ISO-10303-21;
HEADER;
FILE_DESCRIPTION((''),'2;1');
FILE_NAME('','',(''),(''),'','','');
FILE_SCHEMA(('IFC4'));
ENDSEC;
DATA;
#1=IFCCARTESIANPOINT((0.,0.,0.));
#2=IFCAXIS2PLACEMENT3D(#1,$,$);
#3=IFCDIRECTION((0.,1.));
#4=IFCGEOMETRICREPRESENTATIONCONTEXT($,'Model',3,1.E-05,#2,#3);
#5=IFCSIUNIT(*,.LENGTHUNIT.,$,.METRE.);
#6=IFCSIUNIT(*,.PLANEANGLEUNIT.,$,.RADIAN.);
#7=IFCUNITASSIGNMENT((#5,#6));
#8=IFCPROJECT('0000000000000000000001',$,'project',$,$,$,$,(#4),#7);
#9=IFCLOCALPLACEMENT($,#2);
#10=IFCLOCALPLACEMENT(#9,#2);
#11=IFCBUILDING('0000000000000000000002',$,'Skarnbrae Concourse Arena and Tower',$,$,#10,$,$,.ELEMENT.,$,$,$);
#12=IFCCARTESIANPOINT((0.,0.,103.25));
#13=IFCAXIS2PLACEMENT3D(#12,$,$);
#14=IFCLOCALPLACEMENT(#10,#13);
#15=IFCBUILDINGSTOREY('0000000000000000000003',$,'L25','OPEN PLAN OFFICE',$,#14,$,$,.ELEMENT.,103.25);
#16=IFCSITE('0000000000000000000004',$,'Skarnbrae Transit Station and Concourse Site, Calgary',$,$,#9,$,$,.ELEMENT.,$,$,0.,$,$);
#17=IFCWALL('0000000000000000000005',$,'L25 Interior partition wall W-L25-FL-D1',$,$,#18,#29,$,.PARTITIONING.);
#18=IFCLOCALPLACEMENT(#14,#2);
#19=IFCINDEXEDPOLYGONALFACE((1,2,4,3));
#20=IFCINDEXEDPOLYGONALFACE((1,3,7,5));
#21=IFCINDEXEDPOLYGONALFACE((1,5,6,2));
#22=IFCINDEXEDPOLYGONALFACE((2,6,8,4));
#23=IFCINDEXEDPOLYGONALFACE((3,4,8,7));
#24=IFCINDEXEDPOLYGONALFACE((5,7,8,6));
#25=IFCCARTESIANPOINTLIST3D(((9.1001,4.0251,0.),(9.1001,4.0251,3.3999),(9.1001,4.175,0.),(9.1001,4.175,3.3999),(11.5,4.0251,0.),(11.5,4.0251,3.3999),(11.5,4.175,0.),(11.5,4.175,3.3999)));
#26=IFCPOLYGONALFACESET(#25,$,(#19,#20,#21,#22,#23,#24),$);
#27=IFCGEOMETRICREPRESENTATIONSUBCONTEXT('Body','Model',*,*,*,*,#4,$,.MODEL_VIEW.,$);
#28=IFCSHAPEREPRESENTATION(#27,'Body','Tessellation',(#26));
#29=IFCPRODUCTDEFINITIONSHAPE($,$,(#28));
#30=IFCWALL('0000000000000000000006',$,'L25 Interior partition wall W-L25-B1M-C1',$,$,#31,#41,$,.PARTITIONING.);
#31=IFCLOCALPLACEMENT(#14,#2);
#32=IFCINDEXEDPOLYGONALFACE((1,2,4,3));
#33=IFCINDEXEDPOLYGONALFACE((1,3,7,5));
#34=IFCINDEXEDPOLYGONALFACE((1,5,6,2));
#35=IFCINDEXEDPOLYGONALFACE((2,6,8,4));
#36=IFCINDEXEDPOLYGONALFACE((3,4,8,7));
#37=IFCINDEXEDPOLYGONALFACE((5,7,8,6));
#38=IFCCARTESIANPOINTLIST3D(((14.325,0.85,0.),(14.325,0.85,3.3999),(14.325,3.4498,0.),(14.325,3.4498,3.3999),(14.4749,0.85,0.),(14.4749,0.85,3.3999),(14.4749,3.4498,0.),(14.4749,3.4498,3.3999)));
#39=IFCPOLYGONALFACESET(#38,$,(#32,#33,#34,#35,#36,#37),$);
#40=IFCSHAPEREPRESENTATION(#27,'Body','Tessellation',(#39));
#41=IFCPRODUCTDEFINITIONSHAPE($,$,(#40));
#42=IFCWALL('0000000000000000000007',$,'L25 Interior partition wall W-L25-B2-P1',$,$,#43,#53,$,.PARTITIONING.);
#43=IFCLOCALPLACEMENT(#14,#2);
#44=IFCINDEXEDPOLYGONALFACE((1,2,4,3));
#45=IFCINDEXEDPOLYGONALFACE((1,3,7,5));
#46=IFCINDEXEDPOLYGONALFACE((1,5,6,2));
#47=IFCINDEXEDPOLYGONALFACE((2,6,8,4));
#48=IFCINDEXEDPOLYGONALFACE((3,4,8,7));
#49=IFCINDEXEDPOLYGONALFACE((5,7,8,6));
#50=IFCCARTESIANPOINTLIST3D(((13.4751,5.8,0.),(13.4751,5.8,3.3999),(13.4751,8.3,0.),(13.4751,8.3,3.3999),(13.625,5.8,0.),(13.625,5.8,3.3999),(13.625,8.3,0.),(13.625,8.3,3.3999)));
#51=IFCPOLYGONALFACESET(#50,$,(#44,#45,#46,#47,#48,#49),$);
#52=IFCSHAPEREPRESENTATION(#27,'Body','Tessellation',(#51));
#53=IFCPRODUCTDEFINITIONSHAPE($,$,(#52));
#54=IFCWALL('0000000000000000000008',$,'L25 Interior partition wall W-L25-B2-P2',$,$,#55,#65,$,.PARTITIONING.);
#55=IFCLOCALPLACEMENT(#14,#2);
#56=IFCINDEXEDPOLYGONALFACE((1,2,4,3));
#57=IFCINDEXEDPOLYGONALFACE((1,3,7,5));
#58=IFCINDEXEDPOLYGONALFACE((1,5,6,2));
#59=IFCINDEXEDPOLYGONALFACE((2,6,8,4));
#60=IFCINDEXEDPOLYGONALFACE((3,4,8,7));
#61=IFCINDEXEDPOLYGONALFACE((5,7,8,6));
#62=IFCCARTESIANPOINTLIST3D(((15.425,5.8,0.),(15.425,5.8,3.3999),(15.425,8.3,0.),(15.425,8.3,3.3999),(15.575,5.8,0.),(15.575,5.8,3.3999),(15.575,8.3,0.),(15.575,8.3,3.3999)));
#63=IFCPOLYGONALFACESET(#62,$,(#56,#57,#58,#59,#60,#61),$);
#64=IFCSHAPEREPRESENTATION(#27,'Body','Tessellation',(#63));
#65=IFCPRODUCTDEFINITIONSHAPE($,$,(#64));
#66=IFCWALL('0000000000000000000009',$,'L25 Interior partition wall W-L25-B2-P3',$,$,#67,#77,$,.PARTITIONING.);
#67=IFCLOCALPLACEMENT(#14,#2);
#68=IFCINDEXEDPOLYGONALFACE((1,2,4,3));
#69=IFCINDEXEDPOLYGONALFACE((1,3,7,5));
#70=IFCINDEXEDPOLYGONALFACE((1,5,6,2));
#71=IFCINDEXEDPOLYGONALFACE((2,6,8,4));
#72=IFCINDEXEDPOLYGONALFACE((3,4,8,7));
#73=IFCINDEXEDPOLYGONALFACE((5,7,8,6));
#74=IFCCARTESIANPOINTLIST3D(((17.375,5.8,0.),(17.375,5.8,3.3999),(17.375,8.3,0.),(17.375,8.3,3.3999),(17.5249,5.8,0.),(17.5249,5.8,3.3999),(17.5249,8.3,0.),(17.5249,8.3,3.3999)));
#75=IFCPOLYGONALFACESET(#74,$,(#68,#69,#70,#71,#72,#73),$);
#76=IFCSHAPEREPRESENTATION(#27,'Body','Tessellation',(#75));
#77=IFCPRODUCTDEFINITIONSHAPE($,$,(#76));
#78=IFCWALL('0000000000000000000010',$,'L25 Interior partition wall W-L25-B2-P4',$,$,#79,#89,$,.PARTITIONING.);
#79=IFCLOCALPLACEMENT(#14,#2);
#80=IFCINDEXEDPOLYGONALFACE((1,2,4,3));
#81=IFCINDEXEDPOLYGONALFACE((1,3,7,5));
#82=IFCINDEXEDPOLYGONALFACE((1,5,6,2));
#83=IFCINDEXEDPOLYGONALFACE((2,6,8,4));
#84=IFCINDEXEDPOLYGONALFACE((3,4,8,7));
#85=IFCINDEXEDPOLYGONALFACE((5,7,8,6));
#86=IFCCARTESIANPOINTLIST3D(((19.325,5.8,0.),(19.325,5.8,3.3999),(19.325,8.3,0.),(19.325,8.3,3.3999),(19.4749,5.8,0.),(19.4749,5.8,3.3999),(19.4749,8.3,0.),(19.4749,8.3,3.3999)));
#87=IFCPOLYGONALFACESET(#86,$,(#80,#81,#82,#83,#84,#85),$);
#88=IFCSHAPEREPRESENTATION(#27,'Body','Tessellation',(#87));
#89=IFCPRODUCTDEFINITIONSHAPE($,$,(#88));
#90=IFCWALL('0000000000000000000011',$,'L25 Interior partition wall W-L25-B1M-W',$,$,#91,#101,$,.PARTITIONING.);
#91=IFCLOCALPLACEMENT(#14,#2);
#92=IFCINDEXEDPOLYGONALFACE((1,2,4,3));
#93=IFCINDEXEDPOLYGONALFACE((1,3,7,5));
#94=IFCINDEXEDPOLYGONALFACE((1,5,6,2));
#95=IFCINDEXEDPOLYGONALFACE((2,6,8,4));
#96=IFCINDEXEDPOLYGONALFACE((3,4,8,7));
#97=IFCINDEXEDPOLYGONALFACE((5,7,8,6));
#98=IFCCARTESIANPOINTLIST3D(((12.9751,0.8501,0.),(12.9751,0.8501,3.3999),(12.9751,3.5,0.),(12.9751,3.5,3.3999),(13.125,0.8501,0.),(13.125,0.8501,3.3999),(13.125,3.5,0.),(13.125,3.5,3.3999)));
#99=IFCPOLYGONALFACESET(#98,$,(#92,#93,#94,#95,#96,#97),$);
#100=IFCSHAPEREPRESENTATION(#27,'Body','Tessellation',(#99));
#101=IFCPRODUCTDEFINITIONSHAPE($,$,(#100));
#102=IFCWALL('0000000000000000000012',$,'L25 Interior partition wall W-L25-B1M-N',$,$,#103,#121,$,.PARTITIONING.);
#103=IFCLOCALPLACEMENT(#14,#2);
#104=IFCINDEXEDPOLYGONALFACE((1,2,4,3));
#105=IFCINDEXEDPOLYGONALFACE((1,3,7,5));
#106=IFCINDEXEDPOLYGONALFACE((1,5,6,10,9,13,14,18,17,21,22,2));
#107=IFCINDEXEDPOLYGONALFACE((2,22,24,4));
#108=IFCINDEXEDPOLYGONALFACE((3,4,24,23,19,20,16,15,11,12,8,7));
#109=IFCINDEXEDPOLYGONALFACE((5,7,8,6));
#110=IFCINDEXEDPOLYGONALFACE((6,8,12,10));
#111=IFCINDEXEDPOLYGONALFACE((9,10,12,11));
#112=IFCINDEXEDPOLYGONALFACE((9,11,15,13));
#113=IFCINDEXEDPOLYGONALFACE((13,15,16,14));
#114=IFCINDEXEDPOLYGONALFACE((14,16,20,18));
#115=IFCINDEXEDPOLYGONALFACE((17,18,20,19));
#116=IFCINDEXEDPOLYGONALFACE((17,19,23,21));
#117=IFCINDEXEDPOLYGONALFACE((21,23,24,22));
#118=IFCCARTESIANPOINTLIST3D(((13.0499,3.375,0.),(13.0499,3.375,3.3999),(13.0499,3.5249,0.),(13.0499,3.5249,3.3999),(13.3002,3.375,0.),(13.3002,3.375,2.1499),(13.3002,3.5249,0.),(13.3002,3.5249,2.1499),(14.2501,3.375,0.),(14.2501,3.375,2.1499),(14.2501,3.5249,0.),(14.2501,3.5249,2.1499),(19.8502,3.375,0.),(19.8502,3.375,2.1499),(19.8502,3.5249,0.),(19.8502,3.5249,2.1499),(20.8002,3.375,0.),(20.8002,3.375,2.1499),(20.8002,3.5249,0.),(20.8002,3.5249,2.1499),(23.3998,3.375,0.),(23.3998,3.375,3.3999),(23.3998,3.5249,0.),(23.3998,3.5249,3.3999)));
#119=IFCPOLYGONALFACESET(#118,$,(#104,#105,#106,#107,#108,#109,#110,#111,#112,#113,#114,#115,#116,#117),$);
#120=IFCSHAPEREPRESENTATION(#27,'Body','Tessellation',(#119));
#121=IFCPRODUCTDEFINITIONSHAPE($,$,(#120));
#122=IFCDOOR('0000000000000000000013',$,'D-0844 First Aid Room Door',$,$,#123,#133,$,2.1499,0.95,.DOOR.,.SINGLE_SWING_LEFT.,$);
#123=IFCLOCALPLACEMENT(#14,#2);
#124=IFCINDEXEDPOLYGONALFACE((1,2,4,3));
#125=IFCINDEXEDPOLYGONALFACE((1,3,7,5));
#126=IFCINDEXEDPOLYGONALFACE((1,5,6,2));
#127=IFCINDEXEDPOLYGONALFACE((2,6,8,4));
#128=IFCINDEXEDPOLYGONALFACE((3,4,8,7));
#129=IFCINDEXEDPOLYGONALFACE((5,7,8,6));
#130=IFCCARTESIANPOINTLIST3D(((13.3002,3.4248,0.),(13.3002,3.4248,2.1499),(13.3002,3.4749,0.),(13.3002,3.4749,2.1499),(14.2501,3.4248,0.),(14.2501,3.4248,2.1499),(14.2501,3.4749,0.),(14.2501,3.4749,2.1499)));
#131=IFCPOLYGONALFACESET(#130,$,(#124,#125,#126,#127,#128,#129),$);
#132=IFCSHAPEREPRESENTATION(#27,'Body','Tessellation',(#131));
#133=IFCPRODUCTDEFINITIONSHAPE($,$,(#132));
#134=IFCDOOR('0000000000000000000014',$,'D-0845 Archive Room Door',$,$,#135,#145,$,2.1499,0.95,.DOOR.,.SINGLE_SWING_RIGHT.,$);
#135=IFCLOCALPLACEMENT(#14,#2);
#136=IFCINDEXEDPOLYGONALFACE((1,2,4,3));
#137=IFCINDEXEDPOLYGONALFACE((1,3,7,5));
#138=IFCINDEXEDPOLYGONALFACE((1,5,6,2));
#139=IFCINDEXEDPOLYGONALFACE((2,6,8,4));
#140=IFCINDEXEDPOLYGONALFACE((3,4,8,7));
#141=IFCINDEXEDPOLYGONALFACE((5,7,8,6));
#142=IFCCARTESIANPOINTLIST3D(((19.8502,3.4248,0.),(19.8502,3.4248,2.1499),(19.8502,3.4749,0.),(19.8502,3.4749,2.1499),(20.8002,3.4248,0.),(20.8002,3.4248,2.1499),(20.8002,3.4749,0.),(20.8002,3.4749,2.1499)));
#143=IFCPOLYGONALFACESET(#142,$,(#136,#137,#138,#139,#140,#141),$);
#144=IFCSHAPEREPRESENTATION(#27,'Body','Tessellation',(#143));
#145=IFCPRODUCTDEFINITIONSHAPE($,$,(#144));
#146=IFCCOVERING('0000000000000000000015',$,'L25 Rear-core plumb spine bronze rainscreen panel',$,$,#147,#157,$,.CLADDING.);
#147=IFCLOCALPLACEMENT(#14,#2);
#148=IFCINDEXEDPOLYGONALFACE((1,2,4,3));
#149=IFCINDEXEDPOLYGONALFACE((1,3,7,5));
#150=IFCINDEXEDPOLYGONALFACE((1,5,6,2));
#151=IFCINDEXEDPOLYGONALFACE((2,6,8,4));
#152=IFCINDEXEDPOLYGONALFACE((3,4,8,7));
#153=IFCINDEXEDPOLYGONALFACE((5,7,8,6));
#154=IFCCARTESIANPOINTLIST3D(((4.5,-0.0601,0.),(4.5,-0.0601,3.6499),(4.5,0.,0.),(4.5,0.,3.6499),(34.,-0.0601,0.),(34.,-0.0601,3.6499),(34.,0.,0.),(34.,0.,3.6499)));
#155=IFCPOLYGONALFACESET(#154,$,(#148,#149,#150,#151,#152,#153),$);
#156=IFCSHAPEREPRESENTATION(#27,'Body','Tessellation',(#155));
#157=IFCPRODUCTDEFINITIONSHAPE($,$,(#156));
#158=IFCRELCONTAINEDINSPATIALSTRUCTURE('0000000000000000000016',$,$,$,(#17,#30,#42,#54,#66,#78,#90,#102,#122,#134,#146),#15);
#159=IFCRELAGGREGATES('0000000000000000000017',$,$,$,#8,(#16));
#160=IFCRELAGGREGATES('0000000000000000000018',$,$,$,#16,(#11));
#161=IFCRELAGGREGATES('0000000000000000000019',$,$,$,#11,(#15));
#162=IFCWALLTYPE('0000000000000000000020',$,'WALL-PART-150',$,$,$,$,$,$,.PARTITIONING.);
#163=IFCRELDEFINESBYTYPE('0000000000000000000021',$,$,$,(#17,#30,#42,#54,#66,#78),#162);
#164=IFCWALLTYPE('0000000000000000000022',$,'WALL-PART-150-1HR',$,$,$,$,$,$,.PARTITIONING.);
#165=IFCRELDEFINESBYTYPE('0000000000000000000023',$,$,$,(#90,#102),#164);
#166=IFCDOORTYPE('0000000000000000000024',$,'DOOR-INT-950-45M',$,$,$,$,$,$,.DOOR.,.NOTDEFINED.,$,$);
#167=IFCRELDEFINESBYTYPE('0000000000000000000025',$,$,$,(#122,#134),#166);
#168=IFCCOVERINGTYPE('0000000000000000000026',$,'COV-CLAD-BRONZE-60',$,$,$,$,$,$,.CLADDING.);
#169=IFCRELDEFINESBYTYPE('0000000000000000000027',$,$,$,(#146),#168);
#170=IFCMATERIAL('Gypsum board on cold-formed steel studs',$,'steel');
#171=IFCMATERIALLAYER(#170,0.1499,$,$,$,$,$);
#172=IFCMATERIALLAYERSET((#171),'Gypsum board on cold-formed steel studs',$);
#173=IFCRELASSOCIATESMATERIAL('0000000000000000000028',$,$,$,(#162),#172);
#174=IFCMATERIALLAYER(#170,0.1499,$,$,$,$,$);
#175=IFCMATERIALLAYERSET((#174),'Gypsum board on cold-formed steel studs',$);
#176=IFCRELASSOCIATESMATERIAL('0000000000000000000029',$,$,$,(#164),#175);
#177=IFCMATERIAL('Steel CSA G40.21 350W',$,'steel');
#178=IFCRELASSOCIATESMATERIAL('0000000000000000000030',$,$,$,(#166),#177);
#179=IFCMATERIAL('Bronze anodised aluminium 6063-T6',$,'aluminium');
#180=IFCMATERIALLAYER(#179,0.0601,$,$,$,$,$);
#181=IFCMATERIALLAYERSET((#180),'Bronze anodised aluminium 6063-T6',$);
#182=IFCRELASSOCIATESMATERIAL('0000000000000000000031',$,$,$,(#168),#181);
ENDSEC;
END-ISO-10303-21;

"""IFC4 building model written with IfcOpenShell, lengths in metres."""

from ifc_helpers import new_model, si_unit, direction, frame, frame_2d, origin, origin_2d, place, context, subcontext, project, spatial, rectangle, extrude, source, transform, mapped, material, layer, layer_set, type_object, element, fill, save


model = new_model("IFC4")

# Units and contexts
model_context = context("Model", 3, precision=1e-05, world=origin(), true_north=direction((0.0, 1.0)))
body_context = subcontext(model_context, "Body", "Model", "MODEL_VIEW")
ifc_project = project(units=[si_unit("LENGTHUNIT", "METRE"), si_unit("PLANEANGLEUNIT", "RADIAN")], contexts=[model_context])

# Site, building, storey
site_placement = place(None, origin())
site = spatial("IfcSite", under=ifc_project, at=site_placement, Name="Skarnbrae Transit Station and Concourse Site, Calgary", CompositionType="ELEMENT", RefElevation=0.0)
building_placement = place(site_placement, origin())
building = spatial("IfcBuilding", under=site, at=building_placement, Name="Skarnbrae Concourse Arena and Tower", CompositionType="ELEMENT")
storey_placement = place(building_placement, frame((0.0, 0.0, 103.25)))
storey = spatial("IfcBuildingStorey", under=building, at=storey_placement, Name="L25", Description="OPEN PLAN OFFICE", CompositionType="ELEMENT", Elevation=103.25)

# Shared definitions
ifc_material_1 = material(Name="Gypsum board on cold-formed steel studs", Category="steel")
ifc_material_2 = material(Name="Steel CSA G40.21 350W", Category="steel")

# Walls
ifc_layer_1 = layer(ifc_material_1, 0.1499)
ifc_layer_set_1 = layer_set([ifc_layer_1], Name="Gypsum board on cold-formed steel studs")
wall_type_1 = type_object("IfcWallType", Name="WALL-PART-150", PredefinedType="PARTITIONING", material=ifc_layer_set_1)
shared_shape_1 = source(origin(), body_context, "Body", "SweptSolid", [
    extrude(rectangle(XDim=2.3999, YDim=0.1499, at=frame_2d((1.2, 0.0))), origin(), (0.0, 0.0, 1.0), 3.3999),
])
wall_1_placement = place(storey_placement, frame((9.1001, 4.1001, 0.0), z_axis=(0.0, 0.0, 1.0), x_axis=(1.0, 0.0, 0.0)))
element("IfcWall", 1, at=wall_1_placement, inside=storey, type_object=wall_type_1, Name="L25 Interior partition wall W-L25-FL-D1", PredefinedType="PARTITIONING", context=body_context, shape_type="MappedRepresentation", body=[
    mapped(shared_shape_1, transform((0.0, 0.0, 0.0))),
])
shared_shape_2 = source(origin(), body_context, "Body", "SweptSolid", [
    extrude(rectangle(XDim=2.5999, YDim=0.1499, at=frame_2d((1.2998, 0.0))), origin(), (0.0, 0.0, 1.0), 3.3999),
])
wall_2_placement = place(storey_placement, frame((14.3999, 0.8501, 0.0), z_axis=(0.0, 0.0, 1.0), x_axis=(0.0, 1.0, 0.0)))
element("IfcWall", 2, at=wall_2_placement, inside=storey, type_object=wall_type_1, Name="L25 Interior partition wall W-L25-B1M-C1", PredefinedType="PARTITIONING", context=body_context, shape_type="MappedRepresentation", body=[
    mapped(shared_shape_2, transform((0.0, 0.0, 0.0))),
])

# Shared definitions
ifc_material_3 = material(Name="Bronze anodised aluminium 6063-T6", Category="aluminium")

# Walls
shared_shape_3 = source(origin(), body_context, "Body", "SweptSolid", [
    extrude(rectangle(XDim=2.5, YDim=0.1499, at=frame_2d((1.25, 0.0))), origin(), (0.0, 0.0, 1.0), 3.3999),
])
for number, where, z_axis, x_axis, name in (
    (3, (13.55, 5.8, 0.0), (0.0, 0.0, 1.0), (0.0, 1.0, 0.0), "L25 Interior partition wall W-L25-B2-P1"),
    (4, (15.5, 5.8, 0.0), (0.0, 0.0, 1.0), (0.0, 1.0, 0.0), "L25 Interior partition wall W-L25-B2-P2"),
    (5, (17.45, 5.8, 0.0), (0.0, 0.0, 1.0), (0.0, 1.0, 0.0), "L25 Interior partition wall W-L25-B2-P3"),
    (6, (19.3999, 5.8, 0.0), (0.0, 0.0, 1.0), (0.0, 1.0, 0.0), "L25 Interior partition wall W-L25-B2-P4"),
):
    element("IfcWall", number, at=place(storey_placement, frame(where, z_axis=z_axis, x_axis=x_axis)), inside=storey, type_object=wall_type_1, Name=name, PredefinedType="PARTITIONING", context=body_context, shape_type="MappedRepresentation", body=[
        mapped(shared_shape_3, transform((0.0, 0.0, 0.0))),
    ])
ifc_layer_2 = layer(ifc_material_1, 0.1499)
ifc_layer_set_2 = layer_set([ifc_layer_2], Name="Gypsum board on cold-formed steel studs")
wall_type_2 = type_object("IfcWallType", Name="WALL-PART-150-1HR", PredefinedType="PARTITIONING", material=ifc_layer_set_2)
shared_shape_4 = source(origin(), body_context, "Body", "SweptSolid", [
    extrude(rectangle(XDim=2.6499, YDim=0.1499, at=frame_2d((1.325, 0.0))), origin(), (0.0, 0.0, 1.0), 3.3999),
])
wall_3_placement = place(storey_placement, frame((13.05, 0.8501, 0.0), z_axis=(0.0, 0.0, 1.0), x_axis=(0.0, 1.0, 0.0)))
element("IfcWall", 7, at=wall_3_placement, inside=storey, type_object=wall_type_2, Name="L25 Interior partition wall W-L25-B1M-W", PredefinedType="PARTITIONING", context=body_context, shape_type="MappedRepresentation", body=[
    mapped(shared_shape_4, transform((0.0, 0.0, 0.0))),
])

# Wall, openings, doors
shared_shape_5 = source(origin(), body_context, "Body", "SweptSolid", [
    extrude(rectangle(XDim=10.3499, YDim=0.1499, at=frame_2d((5.1748, 0.0))), origin(), (0.0, 0.0, 1.0), 3.3999),
])
wall_4_placement = place(storey_placement, frame((13.05, 3.45, 0.0), z_axis=(0.0, 0.0, 1.0), x_axis=(1.0, 0.0, 0.0)))
wall_4 = element("IfcWall", 8, at=wall_4_placement, inside=storey, type_object=wall_type_2, Name="L25 Interior partition wall W-L25-B1M-N", PredefinedType="PARTITIONING", context=body_context, shape_type="MappedRepresentation", body=[
    mapped(shared_shape_5, transform((0.0, 0.0, 0.0))),
])
opening_1_placement = place(wall_4_placement, frame((0.25, 0.0, 0.0)))
opening_1 = element("IfcOpeningElement", 9, at=opening_1_placement, cuts=wall_4, PredefinedType="OPENING", context=body_context, shape_type="SweptSolid", body=[
    extrude(rectangle(XDim=0.95, YDim=2.1499, at=frame_2d((0.4751, 1.075))), frame((0.0, 0.085, 0.0), z_axis=(0.0, -1.0, 0.0), x_axis=(1.0, 0.0, 0.0)), (0.0, 0.0, 1.0), 0.1699),
])
opening_2_placement = place(wall_4_placement, frame((6.8, 0.0, 0.0)))
opening_2 = element("IfcOpeningElement", 10, at=opening_2_placement, cuts=wall_4, PredefinedType="OPENING", context=body_context, shape_type="SweptSolid", body=[
    extrude(rectangle(XDim=0.95, YDim=2.1499, at=frame_2d((0.4751, 1.075))), frame((0.0, 0.085, 0.0), z_axis=(0.0, -1.0, 0.0), x_axis=(1.0, 0.0, 0.0)), (0.0, 0.0, 1.0), 0.1699),
])
door_type_1 = type_object("IfcDoorType", Name="DOOR-INT-950-45M", OperationType="NOTDEFINED", PredefinedType="DOOR", material=ifc_material_2)
shared_shape_6 = source(origin(), body_context, "Body", "SweptSolid", [
    extrude(rectangle(XDim=0.95, YDim=2.1499, at=frame_2d((0.4751, 1.075))), frame((0.0, 0.0249, 0.0), z_axis=(0.0, -1.0, 0.0), x_axis=(1.0, 0.0, 0.0)), (0.0, 0.0, 1.0), 0.05),
])
door_1_placement = place(opening_1_placement, origin())
door_1 = element("IfcDoor", 11, at=door_1_placement, inside=storey, type_object=door_type_1, Name="D-0844 First Aid Room Door", OperationType="SINGLE_SWING_LEFT", OverallHeight=2.1499, OverallWidth=0.95, PredefinedType="DOOR", context=body_context, shape_type="MappedRepresentation", body=[
    mapped(shared_shape_6, transform((0.0, 0.0, 0.0))),
])
fill(opening_1, door_1)
door_2_placement = place(opening_2_placement, origin())
door_2 = element("IfcDoor", 12, at=door_2_placement, inside=storey, type_object=door_type_1, Name="D-0845 Archive Room Door", OperationType="SINGLE_SWING_RIGHT", OverallHeight=2.1499, OverallWidth=0.95, PredefinedType="DOOR", context=body_context, shape_type="MappedRepresentation", body=[
    mapped(shared_shape_6, transform((0.0, 0.0, 0.0))),
])
fill(opening_2, door_2)

# Covering
ifc_layer_3 = layer(ifc_material_3, 0.0601)
ifc_layer_set_3 = layer_set([ifc_layer_3], Name="Bronze anodised aluminium 6063-T6")
covering_type = type_object("IfcCoveringType", Name="COV-CLAD-BRONZE-60", PredefinedType="CLADDING", material=ifc_layer_set_3)
shared_shape_7 = source(origin(), body_context, "Body", "SweptSolid", [
    extrude(rectangle(XDim=29.5, YDim=0.0601, at=origin_2d()), origin(), (0.0, 0.0, 1.0), 3.6499),
])
covering_placement = place(storey_placement, frame((19.25, -0.03, 0.0), z_axis=(0.0, 0.0, 1.0), x_axis=(1.0, 0.0, 0.0)))
element("IfcCovering", 13, at=covering_placement, inside=storey, type_object=covering_type, Name="L25 Rear-core plumb spine bronze rainscreen panel", PredefinedType="CLADDING", context=body_context, shape_type="MappedRepresentation", body=[
    mapped(shared_shape_7, transform((0.0, 0.0, 0.0))),
])

save(model, "model.ifc")
